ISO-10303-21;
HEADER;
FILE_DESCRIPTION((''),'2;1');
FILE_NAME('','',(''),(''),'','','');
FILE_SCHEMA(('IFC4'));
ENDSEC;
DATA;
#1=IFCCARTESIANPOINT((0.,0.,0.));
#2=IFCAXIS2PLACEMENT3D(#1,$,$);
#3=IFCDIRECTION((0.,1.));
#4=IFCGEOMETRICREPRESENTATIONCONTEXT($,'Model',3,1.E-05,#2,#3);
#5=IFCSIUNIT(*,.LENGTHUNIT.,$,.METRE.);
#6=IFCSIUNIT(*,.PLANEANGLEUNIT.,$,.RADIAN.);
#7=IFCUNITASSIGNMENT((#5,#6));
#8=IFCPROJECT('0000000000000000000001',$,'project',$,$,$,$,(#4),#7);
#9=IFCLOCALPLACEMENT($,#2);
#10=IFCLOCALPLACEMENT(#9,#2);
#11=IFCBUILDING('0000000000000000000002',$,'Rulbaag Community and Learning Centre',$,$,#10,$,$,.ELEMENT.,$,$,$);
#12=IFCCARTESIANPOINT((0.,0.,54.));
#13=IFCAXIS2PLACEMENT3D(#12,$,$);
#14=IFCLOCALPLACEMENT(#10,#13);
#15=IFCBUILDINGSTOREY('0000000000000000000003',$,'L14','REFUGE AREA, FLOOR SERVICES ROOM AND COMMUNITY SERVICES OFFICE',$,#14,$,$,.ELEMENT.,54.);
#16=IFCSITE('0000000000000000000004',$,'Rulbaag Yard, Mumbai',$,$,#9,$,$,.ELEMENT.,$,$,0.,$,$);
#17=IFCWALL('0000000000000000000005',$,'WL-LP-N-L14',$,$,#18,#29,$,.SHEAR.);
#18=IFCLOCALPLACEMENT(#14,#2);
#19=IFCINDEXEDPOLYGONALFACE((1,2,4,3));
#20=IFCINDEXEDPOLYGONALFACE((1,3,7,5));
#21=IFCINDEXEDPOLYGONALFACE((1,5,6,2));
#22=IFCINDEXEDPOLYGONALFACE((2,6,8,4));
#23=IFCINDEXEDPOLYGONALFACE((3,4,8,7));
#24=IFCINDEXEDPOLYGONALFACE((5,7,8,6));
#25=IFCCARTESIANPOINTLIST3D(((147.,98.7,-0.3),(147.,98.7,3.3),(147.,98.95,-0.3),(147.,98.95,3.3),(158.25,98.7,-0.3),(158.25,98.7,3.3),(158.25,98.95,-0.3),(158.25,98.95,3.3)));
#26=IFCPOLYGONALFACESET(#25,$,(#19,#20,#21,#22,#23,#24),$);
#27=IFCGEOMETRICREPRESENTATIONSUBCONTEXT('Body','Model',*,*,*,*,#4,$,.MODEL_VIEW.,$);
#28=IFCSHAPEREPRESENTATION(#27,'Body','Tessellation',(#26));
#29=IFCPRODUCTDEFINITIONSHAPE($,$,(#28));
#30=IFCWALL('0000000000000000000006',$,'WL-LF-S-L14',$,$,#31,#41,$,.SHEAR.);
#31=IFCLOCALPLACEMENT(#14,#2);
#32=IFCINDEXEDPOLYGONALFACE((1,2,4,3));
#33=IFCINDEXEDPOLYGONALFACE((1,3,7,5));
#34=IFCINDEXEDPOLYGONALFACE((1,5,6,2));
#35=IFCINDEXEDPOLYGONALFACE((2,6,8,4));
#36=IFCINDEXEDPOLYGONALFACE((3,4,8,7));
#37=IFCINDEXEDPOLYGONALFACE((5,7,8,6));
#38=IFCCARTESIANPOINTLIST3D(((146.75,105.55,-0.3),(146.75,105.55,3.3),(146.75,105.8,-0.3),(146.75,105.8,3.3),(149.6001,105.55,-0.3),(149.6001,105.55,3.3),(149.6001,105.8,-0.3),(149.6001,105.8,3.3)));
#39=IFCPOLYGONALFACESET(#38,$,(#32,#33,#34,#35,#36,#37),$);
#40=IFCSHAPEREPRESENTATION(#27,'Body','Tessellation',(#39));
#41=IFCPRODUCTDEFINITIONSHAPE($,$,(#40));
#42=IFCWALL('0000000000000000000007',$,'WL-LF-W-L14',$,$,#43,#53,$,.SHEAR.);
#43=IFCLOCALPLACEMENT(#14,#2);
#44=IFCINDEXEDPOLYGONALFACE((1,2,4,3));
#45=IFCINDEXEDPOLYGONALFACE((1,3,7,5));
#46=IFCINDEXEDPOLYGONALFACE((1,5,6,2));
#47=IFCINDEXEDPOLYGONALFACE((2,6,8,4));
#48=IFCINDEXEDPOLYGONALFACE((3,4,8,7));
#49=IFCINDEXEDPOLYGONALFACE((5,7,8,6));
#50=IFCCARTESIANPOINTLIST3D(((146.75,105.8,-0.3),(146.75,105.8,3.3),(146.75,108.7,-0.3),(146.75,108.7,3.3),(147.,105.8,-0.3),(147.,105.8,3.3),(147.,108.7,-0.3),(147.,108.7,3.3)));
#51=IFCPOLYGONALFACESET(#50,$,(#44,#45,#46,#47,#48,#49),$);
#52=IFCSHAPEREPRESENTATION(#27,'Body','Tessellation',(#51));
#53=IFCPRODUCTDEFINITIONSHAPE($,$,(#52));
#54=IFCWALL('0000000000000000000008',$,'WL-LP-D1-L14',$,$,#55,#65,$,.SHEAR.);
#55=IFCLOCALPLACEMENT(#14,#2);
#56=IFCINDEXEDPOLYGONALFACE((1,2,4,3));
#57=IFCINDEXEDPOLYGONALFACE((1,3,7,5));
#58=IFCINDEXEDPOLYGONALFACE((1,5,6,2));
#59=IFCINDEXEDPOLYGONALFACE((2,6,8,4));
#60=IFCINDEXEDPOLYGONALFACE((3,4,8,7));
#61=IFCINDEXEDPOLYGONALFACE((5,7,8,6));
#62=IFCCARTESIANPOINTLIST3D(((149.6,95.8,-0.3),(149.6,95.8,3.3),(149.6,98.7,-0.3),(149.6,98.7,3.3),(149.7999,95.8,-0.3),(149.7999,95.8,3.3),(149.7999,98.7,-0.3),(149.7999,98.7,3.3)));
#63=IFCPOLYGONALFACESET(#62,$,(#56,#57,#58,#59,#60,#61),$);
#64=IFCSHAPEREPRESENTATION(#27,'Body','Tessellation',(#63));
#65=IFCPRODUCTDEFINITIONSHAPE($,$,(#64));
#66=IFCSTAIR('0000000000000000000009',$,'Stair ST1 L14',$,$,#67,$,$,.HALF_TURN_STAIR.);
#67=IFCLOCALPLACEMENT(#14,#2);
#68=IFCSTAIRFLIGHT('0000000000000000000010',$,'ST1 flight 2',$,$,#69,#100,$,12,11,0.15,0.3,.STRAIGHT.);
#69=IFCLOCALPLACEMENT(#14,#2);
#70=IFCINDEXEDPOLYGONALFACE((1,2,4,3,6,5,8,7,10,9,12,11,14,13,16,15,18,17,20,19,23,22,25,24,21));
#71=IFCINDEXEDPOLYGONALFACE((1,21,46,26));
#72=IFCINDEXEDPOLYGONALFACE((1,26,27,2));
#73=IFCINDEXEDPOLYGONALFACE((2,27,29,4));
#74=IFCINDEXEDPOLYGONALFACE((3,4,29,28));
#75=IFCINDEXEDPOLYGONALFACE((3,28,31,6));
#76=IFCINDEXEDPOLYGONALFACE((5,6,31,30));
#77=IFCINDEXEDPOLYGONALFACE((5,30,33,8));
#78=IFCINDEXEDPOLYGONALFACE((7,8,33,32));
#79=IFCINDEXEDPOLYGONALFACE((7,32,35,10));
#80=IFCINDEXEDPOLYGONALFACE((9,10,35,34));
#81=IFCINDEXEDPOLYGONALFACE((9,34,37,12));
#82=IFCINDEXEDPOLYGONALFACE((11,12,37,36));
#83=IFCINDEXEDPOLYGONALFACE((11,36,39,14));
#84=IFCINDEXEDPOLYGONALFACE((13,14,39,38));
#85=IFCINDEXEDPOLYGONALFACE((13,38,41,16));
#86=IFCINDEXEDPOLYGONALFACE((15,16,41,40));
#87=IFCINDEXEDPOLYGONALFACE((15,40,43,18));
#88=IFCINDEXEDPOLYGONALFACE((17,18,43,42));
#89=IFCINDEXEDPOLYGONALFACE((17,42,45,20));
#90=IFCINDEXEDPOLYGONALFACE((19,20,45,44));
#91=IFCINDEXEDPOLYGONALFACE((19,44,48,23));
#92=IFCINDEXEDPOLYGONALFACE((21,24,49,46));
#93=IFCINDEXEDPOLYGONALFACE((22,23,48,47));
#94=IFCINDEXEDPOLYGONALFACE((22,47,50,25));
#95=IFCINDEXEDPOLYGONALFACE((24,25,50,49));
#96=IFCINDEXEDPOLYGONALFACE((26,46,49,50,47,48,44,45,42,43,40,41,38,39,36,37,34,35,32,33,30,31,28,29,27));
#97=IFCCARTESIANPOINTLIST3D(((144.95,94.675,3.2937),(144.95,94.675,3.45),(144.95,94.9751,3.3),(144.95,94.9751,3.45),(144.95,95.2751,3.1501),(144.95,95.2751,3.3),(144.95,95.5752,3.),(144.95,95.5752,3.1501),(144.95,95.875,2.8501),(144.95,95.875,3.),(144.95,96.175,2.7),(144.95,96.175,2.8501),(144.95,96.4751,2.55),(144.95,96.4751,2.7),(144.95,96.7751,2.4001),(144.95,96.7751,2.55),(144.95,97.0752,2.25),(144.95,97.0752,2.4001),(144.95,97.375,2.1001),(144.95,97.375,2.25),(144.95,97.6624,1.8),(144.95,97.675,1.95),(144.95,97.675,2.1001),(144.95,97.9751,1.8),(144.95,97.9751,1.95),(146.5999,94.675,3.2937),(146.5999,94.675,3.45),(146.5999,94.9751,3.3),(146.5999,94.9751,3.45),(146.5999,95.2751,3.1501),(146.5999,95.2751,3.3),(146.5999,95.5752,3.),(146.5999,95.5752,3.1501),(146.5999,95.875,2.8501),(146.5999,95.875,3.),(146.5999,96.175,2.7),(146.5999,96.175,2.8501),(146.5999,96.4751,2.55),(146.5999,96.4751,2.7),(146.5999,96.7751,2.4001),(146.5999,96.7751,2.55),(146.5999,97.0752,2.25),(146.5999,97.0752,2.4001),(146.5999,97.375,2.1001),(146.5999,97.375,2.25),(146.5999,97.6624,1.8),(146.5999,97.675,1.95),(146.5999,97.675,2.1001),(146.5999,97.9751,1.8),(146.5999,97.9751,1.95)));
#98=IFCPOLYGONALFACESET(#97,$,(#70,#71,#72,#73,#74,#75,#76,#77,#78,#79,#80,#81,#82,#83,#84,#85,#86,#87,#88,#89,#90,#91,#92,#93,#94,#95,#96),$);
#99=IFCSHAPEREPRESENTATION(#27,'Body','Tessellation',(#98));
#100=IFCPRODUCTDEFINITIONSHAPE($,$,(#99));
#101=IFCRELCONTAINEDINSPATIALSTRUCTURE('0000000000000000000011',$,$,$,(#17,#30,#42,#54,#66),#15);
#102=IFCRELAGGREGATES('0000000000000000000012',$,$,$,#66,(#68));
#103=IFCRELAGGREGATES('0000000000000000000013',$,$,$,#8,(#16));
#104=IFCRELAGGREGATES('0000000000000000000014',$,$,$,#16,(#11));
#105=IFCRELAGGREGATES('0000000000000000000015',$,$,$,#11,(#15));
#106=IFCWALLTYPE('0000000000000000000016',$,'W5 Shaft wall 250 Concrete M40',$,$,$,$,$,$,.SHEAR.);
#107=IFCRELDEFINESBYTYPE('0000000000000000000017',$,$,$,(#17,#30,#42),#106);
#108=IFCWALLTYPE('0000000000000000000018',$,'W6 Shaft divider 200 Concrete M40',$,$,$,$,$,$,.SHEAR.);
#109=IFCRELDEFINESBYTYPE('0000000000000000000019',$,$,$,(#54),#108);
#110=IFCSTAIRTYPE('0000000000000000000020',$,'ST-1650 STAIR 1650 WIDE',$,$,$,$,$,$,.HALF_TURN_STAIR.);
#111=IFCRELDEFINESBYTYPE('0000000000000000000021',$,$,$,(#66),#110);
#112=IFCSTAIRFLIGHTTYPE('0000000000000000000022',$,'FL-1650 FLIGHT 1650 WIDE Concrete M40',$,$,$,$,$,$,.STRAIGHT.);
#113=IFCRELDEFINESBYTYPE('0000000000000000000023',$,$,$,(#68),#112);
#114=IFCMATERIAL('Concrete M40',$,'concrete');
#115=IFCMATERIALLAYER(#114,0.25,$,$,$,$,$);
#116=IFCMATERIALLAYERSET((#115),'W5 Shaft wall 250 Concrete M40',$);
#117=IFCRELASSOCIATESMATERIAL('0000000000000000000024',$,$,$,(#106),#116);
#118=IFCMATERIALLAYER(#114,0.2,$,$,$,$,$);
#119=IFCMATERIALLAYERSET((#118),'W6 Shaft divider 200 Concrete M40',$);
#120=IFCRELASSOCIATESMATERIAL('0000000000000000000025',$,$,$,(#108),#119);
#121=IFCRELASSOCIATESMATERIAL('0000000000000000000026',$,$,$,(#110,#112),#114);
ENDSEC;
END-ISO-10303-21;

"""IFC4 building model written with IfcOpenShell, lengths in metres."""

from ifc_helpers import new_model, si_unit, direction, frame, frame_2d, origin, place, context, subcontext, project, spatial, polyline, rectangle, outline, extrude, material, layer, layer_set, type_object, element, aggregate, save


model = new_model("IFC4")

# Units and contexts
model_context = context("Model", 3, precision=1e-05, world=origin(), true_north=direction((0.0, 1.0)))
body_context = subcontext(model_context, "Body", "Model", "MODEL_VIEW")
ifc_project = project(units=[si_unit("LENGTHUNIT", "METRE"), si_unit("PLANEANGLEUNIT", "RADIAN")], contexts=[model_context])

# Site, building, storey
site_placement = place(None, origin())
site = spatial("IfcSite", under=ifc_project, at=site_placement, Name="Rulbaag Yard, Mumbai", CompositionType="ELEMENT", RefElevation=0.0)
building_placement = place(site_placement, origin())
building = spatial("IfcBuilding", under=site, at=building_placement, Name="Rulbaag Community and Learning Centre", CompositionType="ELEMENT")
storey_placement = place(building_placement, frame((0.0, 0.0, 54.0)))
storey = spatial("IfcBuildingStorey", under=building, at=storey_placement, Name="L14", Description="REFUGE AREA, FLOOR SERVICES ROOM AND COMMUNITY SERVICES OFFICE", CompositionType="ELEMENT", Elevation=54.0)

# Shared definitions
ifc_material_1 = material(Name="Concrete M40", Category="concrete")

# Walls
ifc_layer_1 = layer(ifc_material_1, 0.25)
ifc_layer_set_1 = layer_set([ifc_layer_1], Name="W5 Shaft wall 250 Concrete M40")
wall_type_1 = type_object("IfcWallType", Name="W5 Shaft wall 250 Concrete M40", PredefinedType="SHEAR", material=ifc_layer_set_1)
wall_1_placement = place(storey_placement, frame((147.0, 98.825, -0.3), z_axis=(0.0, 0.0, 1.0), x_axis=(1.0, 0.0, 0.0)))
element("IfcWall", 1, at=wall_1_placement, inside=storey, type_object=wall_type_1, Name="WL-LP-N-L14", PredefinedType="SHEAR", context=body_context, shape_type="SweptSolid", body=[
    extrude(rectangle(XDim=11.25, YDim=0.25, at=frame_2d((5.625, 0.0))), origin(), (0.0, 0.0, 1.0), 3.6001),
])
wall_2_placement = place(storey_placement, frame((146.75, 105.675, -0.3), z_axis=(0.0, 0.0, 1.0), x_axis=(1.0, 0.0, 0.0)))
element("IfcWall", 2, at=wall_2_placement, inside=storey, type_object=wall_type_1, Name="WL-LF-S-L14", PredefinedType="SHEAR", context=body_context, shape_type="SweptSolid", body=[
    extrude(rectangle(XDim=2.8501, YDim=0.25, at=frame_2d((1.425, 0.0))), origin(), (0.0, 0.0, 1.0), 3.6001),
])
wall_3_placement = place(storey_placement, frame((146.875, 105.8, -0.3), z_axis=(0.0, 0.0, 1.0), x_axis=(0.0, 1.0, 0.0)))
element("IfcWall", 3, at=wall_3_placement, inside=storey, type_object=wall_type_1, Name="WL-LF-W-L14", PredefinedType="SHEAR", context=body_context, shape_type="SweptSolid", body=[
    extrude(rectangle(XDim=2.8999, YDim=0.25, at=frame_2d((1.45, 0.0))), origin(), (0.0, 0.0, 1.0), 3.6001),
])
ifc_layer_2 = layer(ifc_material_1, 0.2)
ifc_layer_set_2 = layer_set([ifc_layer_2], Name="W6 Shaft divider 200 Concrete M40")
wall_type_2 = type_object("IfcWallType", Name="W6 Shaft divider 200 Concrete M40", PredefinedType="SHEAR", material=ifc_layer_set_2)
wall_4_placement = place(storey_placement, frame((149.7, 95.8, -0.3), z_axis=(0.0, 0.0, 1.0), x_axis=(0.0, 1.0, 0.0)))
element("IfcWall", 4, at=wall_4_placement, inside=storey, type_object=wall_type_2, Name="WL-LP-D1-L14", PredefinedType="SHEAR", context=body_context, shape_type="SweptSolid", body=[
    extrude(rectangle(XDim=2.8999, YDim=0.2, at=frame_2d((1.45, 0.0))), origin(), (0.0, 0.0, 1.0), 3.6001),
])

# Stair, stair flight
stair_type = type_object("IfcStairType", Name="ST-1650 STAIR 1650 WIDE", PredefinedType="HALF_TURN_STAIR", material=ifc_material_1)
stair_placement = place(storey_placement, origin())
stair = element("IfcStair", 5, at=stair_placement, inside=storey, type_object=stair_type, Name="Stair ST1 L14", PredefinedType="HALF_TURN_STAIR")
stair_flight_type = type_object("IfcStairFlightType", Name="FL-1650 FLIGHT 1650 WIDE Concrete M40", PredefinedType="STRAIGHT", material=ifc_material_1)
stair_flight_placement = place(storey_placement, frame((145.7749, 97.9751, 1.8), z_axis=(0.0, 0.0, 1.0), x_axis=(0.0, -1.0, 0.0)))
stair_flight = element("IfcStairFlight", 6, at=stair_flight_placement, type_object=stair_flight_type, Name="ST1 flight 2", NumberOfRisers=12, NumberOfTreads=11, PredefinedType="STRAIGHT", RiserHeight=0.15, TreadLength=0.3, context=body_context, shape_type="SweptSolid", body=[
    extrude(outline(polyline([(0.0, 0.0), (0.0, 0.1499), (0.3, 0.1499), (0.3, 0.3), (0.6001, 0.3), (0.6001, 0.45), (0.8999, 0.45), (0.8999, 0.6001), (1.2, 0.6001), (1.2, 0.75), (1.5, 0.75), (1.5, 0.8999), (1.8, 0.8999), (1.8, 1.05), (2.1001, 1.05), (2.1001, 1.2), (2.3999, 1.2), (2.3999, 1.3501), (2.7, 1.3501), (2.7, 1.5), (3.0, 1.5), (3.0, 1.6499), (3.3, 1.6499), (3.3, 1.4937), (0.3127, 0.0), (0.0, 0.0)])), frame((0.0, 0.825, 0.0), z_axis=(0.0, -1.0, 0.0), x_axis=(1.0, 0.0, 0.0)), (0.0, 0.0, 1.0), 1.6499),
])
aggregate(stair, [stair_flight])

save(model, "model.ifc")
